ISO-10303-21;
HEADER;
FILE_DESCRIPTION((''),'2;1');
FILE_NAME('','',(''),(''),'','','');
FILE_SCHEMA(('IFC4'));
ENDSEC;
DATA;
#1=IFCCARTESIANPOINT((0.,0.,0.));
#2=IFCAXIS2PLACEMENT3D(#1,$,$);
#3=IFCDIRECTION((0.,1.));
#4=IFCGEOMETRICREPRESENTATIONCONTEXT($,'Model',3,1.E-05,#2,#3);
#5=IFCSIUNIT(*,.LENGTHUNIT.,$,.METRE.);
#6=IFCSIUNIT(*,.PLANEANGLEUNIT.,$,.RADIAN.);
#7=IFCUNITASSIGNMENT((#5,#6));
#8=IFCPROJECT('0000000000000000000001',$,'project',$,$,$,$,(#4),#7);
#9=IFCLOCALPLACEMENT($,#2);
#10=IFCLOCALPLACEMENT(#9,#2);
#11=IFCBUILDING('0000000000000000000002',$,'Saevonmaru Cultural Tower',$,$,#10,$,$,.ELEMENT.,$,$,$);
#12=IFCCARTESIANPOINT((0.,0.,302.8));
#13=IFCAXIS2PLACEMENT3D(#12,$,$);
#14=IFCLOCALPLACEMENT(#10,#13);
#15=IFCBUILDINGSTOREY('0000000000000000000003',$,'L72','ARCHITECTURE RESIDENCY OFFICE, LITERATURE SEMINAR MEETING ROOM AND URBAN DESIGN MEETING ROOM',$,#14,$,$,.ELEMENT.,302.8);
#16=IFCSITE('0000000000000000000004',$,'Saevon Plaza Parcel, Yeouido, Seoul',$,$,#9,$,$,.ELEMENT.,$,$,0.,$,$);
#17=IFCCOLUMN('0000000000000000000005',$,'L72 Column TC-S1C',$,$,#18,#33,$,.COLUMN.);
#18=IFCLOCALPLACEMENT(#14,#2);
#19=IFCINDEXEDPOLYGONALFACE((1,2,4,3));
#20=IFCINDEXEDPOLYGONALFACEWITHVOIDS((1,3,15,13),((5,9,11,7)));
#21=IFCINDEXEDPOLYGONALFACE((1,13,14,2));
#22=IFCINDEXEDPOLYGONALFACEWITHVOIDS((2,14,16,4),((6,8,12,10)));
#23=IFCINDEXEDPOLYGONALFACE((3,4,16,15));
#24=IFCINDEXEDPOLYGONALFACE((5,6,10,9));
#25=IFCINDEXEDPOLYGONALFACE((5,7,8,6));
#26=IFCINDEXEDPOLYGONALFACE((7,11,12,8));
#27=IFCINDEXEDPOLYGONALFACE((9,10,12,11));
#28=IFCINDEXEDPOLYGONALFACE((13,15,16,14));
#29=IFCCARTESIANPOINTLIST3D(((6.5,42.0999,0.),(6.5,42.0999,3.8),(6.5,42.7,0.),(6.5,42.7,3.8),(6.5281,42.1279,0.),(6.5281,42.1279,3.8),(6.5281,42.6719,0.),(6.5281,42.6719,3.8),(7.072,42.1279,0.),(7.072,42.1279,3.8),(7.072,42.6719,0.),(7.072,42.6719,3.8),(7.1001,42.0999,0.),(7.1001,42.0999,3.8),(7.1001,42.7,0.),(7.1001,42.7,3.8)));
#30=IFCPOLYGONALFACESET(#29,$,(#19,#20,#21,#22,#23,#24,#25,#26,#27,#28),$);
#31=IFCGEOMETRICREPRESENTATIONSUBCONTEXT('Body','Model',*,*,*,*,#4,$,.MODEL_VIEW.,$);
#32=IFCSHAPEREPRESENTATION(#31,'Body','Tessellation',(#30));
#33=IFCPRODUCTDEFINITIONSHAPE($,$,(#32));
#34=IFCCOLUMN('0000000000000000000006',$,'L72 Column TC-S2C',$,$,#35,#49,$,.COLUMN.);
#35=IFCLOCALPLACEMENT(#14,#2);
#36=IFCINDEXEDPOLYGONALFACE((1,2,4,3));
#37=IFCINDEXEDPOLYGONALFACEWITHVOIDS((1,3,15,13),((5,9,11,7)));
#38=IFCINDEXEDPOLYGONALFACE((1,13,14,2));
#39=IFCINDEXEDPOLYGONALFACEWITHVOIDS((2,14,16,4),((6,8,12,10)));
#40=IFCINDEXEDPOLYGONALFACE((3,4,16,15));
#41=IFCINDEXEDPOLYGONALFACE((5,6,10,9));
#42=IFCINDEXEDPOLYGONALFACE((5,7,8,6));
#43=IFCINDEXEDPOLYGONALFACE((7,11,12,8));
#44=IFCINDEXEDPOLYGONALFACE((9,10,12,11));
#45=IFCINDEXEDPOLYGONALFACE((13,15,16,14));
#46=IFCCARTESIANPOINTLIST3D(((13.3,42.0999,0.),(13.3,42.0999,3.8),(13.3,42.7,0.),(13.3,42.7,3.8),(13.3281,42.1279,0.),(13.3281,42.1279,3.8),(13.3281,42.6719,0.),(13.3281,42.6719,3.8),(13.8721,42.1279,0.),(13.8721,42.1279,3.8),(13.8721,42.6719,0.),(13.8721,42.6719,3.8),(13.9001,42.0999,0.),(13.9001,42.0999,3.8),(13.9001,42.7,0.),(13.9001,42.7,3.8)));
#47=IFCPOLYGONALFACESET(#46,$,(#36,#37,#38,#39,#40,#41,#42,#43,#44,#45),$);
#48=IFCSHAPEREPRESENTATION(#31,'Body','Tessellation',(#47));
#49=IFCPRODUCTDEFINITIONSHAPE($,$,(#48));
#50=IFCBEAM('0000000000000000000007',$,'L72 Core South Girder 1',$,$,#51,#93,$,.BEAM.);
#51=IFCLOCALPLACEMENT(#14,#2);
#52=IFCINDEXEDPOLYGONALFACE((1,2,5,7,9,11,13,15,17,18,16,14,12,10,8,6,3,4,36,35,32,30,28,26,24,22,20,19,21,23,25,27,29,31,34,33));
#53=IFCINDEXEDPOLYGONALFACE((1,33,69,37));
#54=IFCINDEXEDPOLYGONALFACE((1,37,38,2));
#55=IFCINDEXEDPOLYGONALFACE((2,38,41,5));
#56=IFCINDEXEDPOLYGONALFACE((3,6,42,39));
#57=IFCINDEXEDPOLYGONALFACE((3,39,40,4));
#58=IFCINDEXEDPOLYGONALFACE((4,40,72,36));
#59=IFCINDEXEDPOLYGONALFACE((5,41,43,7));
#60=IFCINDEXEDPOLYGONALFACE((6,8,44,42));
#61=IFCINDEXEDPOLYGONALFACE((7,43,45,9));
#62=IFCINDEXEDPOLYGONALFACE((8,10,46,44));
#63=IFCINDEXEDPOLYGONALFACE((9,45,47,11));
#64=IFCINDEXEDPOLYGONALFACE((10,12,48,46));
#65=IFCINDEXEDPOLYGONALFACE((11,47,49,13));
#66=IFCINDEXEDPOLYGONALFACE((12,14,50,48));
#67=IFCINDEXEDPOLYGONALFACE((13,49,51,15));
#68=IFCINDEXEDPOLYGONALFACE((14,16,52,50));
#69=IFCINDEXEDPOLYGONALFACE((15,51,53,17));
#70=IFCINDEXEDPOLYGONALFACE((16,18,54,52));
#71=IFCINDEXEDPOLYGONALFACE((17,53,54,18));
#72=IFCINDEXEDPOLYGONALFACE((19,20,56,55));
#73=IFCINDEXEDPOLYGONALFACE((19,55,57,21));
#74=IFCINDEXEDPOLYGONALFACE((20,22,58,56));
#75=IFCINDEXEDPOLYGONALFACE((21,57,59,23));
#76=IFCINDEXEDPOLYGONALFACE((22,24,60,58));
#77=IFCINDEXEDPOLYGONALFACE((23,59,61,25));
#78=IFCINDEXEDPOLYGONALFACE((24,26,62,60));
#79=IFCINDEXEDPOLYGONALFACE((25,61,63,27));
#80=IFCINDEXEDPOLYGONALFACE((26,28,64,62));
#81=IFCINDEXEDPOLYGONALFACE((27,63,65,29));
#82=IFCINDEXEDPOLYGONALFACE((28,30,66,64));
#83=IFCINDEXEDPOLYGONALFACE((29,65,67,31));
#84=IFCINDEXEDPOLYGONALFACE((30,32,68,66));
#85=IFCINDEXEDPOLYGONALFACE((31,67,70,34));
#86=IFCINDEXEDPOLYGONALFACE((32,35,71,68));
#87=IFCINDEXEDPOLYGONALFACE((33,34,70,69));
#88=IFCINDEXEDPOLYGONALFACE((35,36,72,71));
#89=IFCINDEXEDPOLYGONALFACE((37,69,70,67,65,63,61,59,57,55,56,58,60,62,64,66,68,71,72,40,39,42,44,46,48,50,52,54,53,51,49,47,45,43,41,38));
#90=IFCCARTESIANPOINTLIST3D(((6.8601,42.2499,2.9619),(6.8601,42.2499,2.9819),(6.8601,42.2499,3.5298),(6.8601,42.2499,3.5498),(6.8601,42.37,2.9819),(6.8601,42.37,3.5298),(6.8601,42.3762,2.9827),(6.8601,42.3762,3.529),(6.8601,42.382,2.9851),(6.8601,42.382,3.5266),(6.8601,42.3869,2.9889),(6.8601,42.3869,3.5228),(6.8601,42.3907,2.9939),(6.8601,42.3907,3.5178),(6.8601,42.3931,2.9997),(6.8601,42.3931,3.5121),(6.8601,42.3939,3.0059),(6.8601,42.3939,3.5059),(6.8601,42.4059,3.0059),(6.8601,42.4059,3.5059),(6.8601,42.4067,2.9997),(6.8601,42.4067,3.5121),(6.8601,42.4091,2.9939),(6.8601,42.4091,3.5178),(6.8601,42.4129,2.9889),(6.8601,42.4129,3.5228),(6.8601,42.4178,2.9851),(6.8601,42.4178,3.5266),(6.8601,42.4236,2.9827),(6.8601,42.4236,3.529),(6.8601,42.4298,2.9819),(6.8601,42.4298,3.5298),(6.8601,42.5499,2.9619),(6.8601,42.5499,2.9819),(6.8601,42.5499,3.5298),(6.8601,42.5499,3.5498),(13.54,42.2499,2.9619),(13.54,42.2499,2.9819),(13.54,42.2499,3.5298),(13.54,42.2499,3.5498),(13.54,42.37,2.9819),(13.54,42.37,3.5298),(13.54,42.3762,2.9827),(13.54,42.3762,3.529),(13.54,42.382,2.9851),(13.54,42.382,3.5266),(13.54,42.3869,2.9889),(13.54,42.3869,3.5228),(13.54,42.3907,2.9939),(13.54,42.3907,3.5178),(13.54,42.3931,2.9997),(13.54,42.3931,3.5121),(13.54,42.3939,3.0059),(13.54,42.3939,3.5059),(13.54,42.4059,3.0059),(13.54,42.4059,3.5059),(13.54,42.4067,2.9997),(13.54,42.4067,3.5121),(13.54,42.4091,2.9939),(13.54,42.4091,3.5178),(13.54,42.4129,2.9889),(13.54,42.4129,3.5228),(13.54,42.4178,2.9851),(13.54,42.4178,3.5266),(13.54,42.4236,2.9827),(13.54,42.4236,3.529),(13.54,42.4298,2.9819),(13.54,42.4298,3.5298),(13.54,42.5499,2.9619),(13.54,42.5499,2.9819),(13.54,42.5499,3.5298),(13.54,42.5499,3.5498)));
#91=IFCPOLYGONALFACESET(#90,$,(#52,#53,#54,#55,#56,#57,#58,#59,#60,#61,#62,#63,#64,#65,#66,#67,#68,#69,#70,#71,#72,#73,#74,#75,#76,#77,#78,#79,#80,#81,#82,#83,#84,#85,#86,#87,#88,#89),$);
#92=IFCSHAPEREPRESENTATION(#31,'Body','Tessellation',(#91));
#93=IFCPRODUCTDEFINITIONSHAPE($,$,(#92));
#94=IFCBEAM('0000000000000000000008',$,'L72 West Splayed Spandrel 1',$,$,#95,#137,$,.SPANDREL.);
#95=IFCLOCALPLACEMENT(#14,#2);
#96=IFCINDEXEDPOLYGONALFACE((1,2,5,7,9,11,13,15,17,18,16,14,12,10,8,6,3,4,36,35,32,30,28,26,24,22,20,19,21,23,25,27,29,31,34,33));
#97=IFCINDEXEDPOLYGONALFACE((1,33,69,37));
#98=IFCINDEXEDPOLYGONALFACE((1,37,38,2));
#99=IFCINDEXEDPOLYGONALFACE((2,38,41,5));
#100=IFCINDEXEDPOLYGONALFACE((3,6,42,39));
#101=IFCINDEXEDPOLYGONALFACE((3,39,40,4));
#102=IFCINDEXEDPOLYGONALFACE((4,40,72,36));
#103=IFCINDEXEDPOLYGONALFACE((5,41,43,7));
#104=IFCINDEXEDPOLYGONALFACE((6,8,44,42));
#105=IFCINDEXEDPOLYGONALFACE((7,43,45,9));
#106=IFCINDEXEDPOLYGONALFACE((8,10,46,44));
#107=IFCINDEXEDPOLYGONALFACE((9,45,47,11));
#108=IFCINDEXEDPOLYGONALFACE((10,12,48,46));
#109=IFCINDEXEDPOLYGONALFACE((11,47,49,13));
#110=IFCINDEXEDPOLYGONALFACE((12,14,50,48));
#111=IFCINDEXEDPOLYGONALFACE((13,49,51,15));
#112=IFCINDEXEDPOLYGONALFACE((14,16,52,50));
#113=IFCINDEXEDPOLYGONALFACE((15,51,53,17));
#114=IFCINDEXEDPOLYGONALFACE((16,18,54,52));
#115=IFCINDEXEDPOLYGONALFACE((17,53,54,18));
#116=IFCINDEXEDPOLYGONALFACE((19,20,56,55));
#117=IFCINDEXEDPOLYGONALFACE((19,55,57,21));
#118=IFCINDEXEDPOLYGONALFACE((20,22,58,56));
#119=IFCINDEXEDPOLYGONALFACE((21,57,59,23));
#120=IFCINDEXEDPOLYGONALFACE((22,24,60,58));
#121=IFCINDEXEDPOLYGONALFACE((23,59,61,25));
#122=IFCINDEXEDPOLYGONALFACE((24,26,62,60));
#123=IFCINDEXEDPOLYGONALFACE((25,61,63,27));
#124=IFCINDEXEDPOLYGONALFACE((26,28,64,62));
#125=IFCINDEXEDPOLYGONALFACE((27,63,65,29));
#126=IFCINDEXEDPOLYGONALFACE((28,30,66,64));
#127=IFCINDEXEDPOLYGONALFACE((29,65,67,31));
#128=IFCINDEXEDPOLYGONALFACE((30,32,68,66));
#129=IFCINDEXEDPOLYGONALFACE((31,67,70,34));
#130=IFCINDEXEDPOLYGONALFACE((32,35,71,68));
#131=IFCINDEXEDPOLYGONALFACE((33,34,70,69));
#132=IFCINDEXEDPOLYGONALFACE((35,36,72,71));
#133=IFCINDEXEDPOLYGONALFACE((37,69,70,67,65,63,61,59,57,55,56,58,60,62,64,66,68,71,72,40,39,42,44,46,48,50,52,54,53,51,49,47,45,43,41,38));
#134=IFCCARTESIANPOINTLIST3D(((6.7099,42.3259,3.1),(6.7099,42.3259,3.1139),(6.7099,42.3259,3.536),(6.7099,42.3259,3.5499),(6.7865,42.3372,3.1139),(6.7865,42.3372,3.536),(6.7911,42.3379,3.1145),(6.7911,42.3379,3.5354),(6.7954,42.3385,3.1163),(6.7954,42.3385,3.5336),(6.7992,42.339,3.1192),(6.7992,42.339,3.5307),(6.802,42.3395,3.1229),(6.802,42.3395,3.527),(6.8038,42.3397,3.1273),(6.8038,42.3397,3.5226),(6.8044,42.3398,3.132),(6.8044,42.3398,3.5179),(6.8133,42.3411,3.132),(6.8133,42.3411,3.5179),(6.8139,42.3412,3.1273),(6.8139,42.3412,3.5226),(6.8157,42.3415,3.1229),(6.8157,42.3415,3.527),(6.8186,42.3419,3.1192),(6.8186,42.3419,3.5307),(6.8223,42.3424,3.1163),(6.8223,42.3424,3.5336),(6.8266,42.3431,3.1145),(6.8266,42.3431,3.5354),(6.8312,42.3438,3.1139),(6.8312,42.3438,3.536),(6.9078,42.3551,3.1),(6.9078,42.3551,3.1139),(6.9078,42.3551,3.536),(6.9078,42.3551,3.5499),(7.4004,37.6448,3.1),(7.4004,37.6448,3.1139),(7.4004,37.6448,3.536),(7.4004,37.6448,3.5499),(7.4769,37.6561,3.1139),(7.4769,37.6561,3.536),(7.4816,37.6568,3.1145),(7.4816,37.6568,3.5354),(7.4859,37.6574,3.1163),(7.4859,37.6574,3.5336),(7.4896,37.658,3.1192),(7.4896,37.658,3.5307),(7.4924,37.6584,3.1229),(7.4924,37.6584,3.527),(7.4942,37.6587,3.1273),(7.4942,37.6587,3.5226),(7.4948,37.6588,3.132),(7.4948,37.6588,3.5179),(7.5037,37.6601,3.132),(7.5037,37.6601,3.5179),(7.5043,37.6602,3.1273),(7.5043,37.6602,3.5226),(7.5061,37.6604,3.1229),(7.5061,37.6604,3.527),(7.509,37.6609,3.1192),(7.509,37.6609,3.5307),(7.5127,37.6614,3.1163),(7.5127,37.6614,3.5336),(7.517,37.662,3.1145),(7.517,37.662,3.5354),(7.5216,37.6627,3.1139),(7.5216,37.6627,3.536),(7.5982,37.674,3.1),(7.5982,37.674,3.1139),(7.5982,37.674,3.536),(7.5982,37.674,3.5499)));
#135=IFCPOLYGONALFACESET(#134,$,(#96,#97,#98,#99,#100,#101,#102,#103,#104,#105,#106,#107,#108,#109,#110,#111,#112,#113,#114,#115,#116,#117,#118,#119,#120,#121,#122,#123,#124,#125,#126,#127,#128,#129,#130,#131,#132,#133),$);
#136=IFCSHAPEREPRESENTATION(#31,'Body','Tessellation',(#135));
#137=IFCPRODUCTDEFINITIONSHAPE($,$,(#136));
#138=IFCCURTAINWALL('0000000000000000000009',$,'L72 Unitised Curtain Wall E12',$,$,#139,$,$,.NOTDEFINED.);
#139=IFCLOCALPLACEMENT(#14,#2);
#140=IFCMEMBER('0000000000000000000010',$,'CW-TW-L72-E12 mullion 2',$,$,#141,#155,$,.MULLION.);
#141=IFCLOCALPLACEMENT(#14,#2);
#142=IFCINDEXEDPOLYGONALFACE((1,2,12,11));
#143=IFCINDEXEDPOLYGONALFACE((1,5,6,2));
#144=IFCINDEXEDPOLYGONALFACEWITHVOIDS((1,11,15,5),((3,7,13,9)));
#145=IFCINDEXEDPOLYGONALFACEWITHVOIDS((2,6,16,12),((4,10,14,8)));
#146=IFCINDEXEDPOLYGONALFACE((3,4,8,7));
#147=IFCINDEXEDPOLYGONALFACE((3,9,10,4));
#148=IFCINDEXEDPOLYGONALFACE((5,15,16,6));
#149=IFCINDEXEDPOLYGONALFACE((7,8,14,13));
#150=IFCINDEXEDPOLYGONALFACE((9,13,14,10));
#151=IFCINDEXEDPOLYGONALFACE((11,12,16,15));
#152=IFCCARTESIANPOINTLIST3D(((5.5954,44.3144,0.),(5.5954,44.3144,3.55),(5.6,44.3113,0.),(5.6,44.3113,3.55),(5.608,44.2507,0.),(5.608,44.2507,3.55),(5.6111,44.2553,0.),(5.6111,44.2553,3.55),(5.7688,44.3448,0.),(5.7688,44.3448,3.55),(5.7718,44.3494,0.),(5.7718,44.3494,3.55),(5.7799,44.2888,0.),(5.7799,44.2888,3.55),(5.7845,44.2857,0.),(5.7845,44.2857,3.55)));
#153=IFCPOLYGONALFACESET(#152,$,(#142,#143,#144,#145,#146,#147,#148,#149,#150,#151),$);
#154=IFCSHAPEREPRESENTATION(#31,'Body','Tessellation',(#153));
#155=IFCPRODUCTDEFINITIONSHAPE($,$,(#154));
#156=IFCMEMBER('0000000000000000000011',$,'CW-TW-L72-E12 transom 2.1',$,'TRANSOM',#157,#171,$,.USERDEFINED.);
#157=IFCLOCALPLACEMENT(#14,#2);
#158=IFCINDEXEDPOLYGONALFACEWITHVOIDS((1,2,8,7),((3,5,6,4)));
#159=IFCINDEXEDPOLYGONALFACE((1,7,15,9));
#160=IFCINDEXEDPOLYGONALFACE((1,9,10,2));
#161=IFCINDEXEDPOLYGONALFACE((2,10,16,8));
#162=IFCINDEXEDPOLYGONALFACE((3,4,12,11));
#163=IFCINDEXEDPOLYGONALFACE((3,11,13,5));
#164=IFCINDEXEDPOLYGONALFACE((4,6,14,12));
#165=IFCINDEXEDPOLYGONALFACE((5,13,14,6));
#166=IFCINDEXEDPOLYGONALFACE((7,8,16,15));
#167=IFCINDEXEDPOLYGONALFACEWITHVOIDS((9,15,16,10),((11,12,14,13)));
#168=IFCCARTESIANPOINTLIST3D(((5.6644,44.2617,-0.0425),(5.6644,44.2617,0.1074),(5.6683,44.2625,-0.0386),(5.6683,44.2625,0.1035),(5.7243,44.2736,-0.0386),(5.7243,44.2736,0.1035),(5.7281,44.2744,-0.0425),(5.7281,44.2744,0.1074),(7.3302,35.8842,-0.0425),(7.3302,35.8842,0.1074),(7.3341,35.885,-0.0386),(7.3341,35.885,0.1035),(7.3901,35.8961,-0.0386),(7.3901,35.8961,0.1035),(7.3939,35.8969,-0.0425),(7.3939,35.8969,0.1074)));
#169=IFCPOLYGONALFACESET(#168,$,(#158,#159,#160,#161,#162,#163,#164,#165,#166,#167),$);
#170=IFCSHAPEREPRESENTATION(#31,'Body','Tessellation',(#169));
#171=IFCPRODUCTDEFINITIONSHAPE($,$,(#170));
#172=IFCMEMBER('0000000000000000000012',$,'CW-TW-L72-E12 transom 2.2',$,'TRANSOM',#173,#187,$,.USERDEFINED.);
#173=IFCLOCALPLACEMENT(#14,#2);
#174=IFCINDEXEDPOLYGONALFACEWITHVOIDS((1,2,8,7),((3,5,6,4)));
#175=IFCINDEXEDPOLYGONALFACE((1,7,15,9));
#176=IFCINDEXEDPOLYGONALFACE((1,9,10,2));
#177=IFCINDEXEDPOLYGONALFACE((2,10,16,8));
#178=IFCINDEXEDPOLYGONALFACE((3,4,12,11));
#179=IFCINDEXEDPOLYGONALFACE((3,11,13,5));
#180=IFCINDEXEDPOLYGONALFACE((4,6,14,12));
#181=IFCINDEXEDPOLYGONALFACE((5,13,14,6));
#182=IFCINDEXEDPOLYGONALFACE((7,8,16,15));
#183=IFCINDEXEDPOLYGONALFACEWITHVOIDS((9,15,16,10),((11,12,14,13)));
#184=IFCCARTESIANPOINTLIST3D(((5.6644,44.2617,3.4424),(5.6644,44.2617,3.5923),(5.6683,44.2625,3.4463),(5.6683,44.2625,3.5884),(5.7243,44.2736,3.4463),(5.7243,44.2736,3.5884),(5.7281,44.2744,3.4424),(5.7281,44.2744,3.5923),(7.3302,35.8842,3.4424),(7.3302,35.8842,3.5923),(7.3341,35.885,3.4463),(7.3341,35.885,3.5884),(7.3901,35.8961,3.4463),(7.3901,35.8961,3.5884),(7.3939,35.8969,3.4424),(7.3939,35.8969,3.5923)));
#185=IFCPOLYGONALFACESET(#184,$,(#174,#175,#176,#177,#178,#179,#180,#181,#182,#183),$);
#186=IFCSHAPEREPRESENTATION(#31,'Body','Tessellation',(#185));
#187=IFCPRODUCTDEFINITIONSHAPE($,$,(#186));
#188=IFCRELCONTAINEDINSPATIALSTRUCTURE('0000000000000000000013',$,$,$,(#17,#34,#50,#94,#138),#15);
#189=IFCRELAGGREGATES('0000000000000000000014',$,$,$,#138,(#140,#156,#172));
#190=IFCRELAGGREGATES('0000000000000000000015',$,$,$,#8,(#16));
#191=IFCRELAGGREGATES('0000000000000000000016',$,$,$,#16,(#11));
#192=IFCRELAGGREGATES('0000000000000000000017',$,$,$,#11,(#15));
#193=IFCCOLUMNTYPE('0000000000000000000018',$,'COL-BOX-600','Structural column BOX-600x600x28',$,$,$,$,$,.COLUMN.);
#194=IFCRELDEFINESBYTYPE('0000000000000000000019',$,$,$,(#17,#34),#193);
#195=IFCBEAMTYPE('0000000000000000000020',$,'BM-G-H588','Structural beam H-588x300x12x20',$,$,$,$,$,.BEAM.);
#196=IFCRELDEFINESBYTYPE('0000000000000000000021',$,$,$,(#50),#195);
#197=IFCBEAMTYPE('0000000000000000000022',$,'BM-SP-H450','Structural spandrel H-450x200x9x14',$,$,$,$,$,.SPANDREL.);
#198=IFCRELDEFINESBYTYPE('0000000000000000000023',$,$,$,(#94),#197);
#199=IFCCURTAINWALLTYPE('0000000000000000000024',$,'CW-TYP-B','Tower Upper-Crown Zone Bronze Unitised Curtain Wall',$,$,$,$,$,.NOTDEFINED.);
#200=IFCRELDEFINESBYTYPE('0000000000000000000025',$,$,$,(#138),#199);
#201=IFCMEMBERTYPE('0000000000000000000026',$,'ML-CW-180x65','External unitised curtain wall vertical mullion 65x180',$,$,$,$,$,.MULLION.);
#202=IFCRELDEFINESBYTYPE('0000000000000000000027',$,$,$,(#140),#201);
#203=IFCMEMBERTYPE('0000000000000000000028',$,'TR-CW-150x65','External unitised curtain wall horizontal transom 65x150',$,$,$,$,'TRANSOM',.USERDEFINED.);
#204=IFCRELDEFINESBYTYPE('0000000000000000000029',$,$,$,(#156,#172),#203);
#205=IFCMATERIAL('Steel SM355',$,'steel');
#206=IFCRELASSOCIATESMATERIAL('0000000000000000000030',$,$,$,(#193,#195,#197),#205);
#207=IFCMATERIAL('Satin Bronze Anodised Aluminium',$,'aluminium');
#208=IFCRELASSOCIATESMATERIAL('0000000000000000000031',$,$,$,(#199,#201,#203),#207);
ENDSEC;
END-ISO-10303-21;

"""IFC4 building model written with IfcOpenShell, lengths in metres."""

from ifc_helpers import new_model, si_unit, direction, frame, origin, origin_2d, place, context, subcontext, project, spatial, hollow_rectangle, i_section, extrude, material, material_profile, profile_set, type_object, element, aggregate, save


model = new_model("IFC4")

# Units and contexts
model_context = context("Model", 3, precision=1e-05, world=origin(), true_north=direction((0.0, 1.0)))
body_context = subcontext(model_context, "Body", "Model", "MODEL_VIEW")
ifc_project = project(units=[si_unit("LENGTHUNIT", "METRE"), si_unit("PLANEANGLEUNIT", "RADIAN")], contexts=[model_context])

# Site, building, storey
site_placement = place(None, origin())
site = spatial("IfcSite", under=ifc_project, at=site_placement, Name="Saevon Plaza Parcel, Yeouido, Seoul", CompositionType="ELEMENT", RefElevation=0.0)
building_placement = place(site_placement, origin())
building = spatial("IfcBuilding", under=site, at=building_placement, Name="Saevonmaru Cultural Tower", CompositionType="ELEMENT")
storey_placement = place(building_placement, frame((0.0, 0.0, 302.8)))
storey = spatial("IfcBuildingStorey", under=building, at=storey_placement, Name="L72", Description="ARCHITECTURE RESIDENCY OFFICE, LITERATURE SEMINAR MEETING ROOM AND URBAN DESIGN MEETING ROOM", CompositionType="ELEMENT", Elevation=302.8)

# Columns
ifc_material_1 = material(Name="Steel SM355", Category="steel")
ifc_material_profile_1 = material_profile(ifc_material_1, hollow_rectangle(XDim=0.6001, YDim=0.6001, WallThickness=0.0281, at=origin_2d()), Name="BOX-600x600x28")
ifc_profile_set_1 = profile_set([ifc_material_profile_1], Name="Steel SM355")
column_type = type_object("IfcColumnType", Name="COL-BOX-600", Description="Structural column BOX-600x600x28", PredefinedType="COLUMN", material=ifc_profile_set_1)
for number, where, z_axis, x_axis, name in (
    (1, (6.8, 42.3999, 0.0), (0.0, 0.0, 1.0), (1.0, 0.0, 0.0), "L72 Column TC-S1C"),
    (2, (13.6001, 42.3999, 0.0), (0.0, 0.0, 1.0), (1.0, 0.0, 0.0), "L72 Column TC-S2C"),
):
    element("IfcColumn", number, at=place(storey_placement, frame(where, z_axis=z_axis, x_axis=x_axis)), inside=storey, type_object=column_type, Name=name, PredefinedType="COLUMN", context=body_context, shape_type="SweptSolid", body=[
        extrude(hollow_rectangle(XDim=0.6001, YDim=0.6001, WallThickness=0.0281, at=origin_2d()), origin(), (0.0, 0.0, 1.0), 3.8),
    ])

# Beams
ifc_material_profile_2 = material_profile(ifc_material_1, i_section(OverallWidth=0.3, OverallDepth=0.5879, WebThickness=0.012, FlangeThickness=0.02, FilletRadius=0.0239, at=origin_2d()), Name="H-588x300x12x20")
ifc_profile_set_2 = profile_set([ifc_material_profile_2], Name="Steel SM355")
beam_type_1 = type_object("IfcBeamType", Name="BM-G-H588", Description="Structural beam H-588x300x12x20", PredefinedType="BEAM", material=ifc_profile_set_2)
beam_1_placement = place(storey_placement, frame((6.8601, 42.3999, 3.2559), z_axis=(1.0, 0.0, 0.0), x_axis=(0.0, 1.0, 0.0)))
element("IfcBeam", 3, at=beam_1_placement, inside=storey, type_object=beam_type_1, Name="L72 Core South Girder 1", PredefinedType="BEAM", context=body_context, shape_type="SweptSolid", body=[
    extrude(i_section(OverallWidth=0.3, OverallDepth=0.5879, WebThickness=0.012, FlangeThickness=0.02, FilletRadius=0.0239, at=origin_2d()), origin(), (0.0, 0.0, 1.0), 6.6799),
])
ifc_material_profile_3 = material_profile(ifc_material_1, i_section(OverallWidth=0.2, OverallDepth=0.45, WebThickness=0.009, FlangeThickness=0.0139, FilletRadius=0.0181, at=origin_2d()), Name="H-450x200x9x14")
ifc_profile_set_3 = profile_set([ifc_material_profile_3], Name="Steel SM355")
beam_type_2 = type_object("IfcBeamType", Name="BM-SP-H450", Description="Structural spandrel H-450x200x9x14", PredefinedType="SPANDREL", material=ifc_profile_set_3)
beam_2_placement = place(storey_placement, frame((7.4993, 37.6594, 3.325), z_axis=(-0.145913, 0.989297, 0.0), x_axis=(-0.989297, -0.145913, 0.0)))
element("IfcBeam", 4, at=beam_2_placement, inside=storey, type_object=beam_type_2, Name="L72 West Splayed Spandrel 1", PredefinedType="SPANDREL", context=body_context, shape_type="SweptSolid", body=[
    extrude(i_section(OverallWidth=0.2, OverallDepth=0.45, WebThickness=0.009, FlangeThickness=0.0139, FilletRadius=0.0181, at=origin_2d()), origin(), (0.0, 0.0, 1.0), 4.7317),
])

# Curtain wall, members
ifc_material_2 = material(Name="Satin Bronze Anodised Aluminium", Category="aluminium")
curtain_wall_type = type_object("IfcCurtainWallType", Name="CW-TYP-B", Description="Tower Upper-Crown Zone Bronze Unitised Curtain Wall", PredefinedType="NOTDEFINED", material=ifc_material_2)
curtain_wall_placement = place(storey_placement, origin())
curtain_wall = element("IfcCurtainWall", 5, at=curtain_wall_placement, inside=storey, type_object=curtain_wall_type, Name="L72 Unitised Curtain Wall E12", PredefinedType="NOTDEFINED")
ifc_material_profile_4 = material_profile(ifc_material_2, hollow_rectangle(XDim=0.0649, YDim=0.1799, WallThickness=0.0039, at=origin_2d()), Name="ALU-MULL-180x65x4")
ifc_profile_set_4 = profile_set([ifc_material_profile_4], Name="Satin Bronze Anodised Aluminium")
member_type_1 = type_object("IfcMemberType", Name="ML-CW-180x65", Description="External unitised curtain wall vertical mullion 65x180", PredefinedType="MULLION", material=ifc_profile_set_4)
member_1_placement = place(storey_placement, frame((5.6899, 44.3, 0.0), z_axis=(0.0, 0.0, 1.0), x_axis=(0.195005, -0.980802, 0.0)))
member_1 = element("IfcMember", 6, at=member_1_placement, type_object=member_type_1, Name="CW-TW-L72-E12 mullion 2", PredefinedType="MULLION", context=body_context, shape_type="SweptSolid", body=[
    extrude(hollow_rectangle(XDim=0.0649, YDim=0.1799, WallThickness=0.0039, at=origin_2d()), origin(), (0.0, 0.0, 1.0), 3.55),
])
ifc_material_profile_5 = material_profile(ifc_material_2, hollow_rectangle(XDim=0.0649, YDim=0.1499, WallThickness=0.0039, at=origin_2d()), Name="ALU-TRAN-150x65x4")
ifc_profile_set_5 = profile_set([ifc_material_profile_5], Name="Satin Bronze Anodised Aluminium")
member_type_2 = type_object("IfcMemberType", Name="TR-CW-150x65", Description="External unitised curtain wall horizontal transom 65x150", ElementType="TRANSOM", PredefinedType="USERDEFINED", material=ifc_profile_set_5)
member_2_placement = place(storey_placement, frame((5.6963, 44.2681, 0.0325), z_axis=(0.195022, -0.980799, 0.0), x_axis=(0.980799, 0.195022, 0.0)))
member_2 = element("IfcMember", 7, at=member_2_placement, type_object=member_type_2, Name="CW-TW-L72-E12 transom 2.1", ObjectType="TRANSOM", PredefinedType="USERDEFINED", context=body_context, shape_type="SweptSolid", body=[
    extrude(hollow_rectangle(XDim=0.0649, YDim=0.1499, WallThickness=0.0039, at=origin_2d()), origin(), (0.0, 0.0, 1.0), 8.5415),
])
member_3_placement = place(storey_placement, frame((5.6963, 44.2681, 3.5173), z_axis=(0.195022, -0.980799, 0.0), x_axis=(0.980799, 0.195022, 0.0)))
member_3 = element("IfcMember", 8, at=member_3_placement, type_object=member_type_2, Name="CW-TW-L72-E12 transom 2.2", ObjectType="TRANSOM", PredefinedType="USERDEFINED", context=body_context, shape_type="SweptSolid", body=[
    extrude(hollow_rectangle(XDim=0.0649, YDim=0.1499, WallThickness=0.0039, at=origin_2d()), origin(), (0.0, 0.0, 1.0), 8.5415),
])
aggregate(curtain_wall, [member_1, member_2, member_3])

save(model, "model.ifc")
